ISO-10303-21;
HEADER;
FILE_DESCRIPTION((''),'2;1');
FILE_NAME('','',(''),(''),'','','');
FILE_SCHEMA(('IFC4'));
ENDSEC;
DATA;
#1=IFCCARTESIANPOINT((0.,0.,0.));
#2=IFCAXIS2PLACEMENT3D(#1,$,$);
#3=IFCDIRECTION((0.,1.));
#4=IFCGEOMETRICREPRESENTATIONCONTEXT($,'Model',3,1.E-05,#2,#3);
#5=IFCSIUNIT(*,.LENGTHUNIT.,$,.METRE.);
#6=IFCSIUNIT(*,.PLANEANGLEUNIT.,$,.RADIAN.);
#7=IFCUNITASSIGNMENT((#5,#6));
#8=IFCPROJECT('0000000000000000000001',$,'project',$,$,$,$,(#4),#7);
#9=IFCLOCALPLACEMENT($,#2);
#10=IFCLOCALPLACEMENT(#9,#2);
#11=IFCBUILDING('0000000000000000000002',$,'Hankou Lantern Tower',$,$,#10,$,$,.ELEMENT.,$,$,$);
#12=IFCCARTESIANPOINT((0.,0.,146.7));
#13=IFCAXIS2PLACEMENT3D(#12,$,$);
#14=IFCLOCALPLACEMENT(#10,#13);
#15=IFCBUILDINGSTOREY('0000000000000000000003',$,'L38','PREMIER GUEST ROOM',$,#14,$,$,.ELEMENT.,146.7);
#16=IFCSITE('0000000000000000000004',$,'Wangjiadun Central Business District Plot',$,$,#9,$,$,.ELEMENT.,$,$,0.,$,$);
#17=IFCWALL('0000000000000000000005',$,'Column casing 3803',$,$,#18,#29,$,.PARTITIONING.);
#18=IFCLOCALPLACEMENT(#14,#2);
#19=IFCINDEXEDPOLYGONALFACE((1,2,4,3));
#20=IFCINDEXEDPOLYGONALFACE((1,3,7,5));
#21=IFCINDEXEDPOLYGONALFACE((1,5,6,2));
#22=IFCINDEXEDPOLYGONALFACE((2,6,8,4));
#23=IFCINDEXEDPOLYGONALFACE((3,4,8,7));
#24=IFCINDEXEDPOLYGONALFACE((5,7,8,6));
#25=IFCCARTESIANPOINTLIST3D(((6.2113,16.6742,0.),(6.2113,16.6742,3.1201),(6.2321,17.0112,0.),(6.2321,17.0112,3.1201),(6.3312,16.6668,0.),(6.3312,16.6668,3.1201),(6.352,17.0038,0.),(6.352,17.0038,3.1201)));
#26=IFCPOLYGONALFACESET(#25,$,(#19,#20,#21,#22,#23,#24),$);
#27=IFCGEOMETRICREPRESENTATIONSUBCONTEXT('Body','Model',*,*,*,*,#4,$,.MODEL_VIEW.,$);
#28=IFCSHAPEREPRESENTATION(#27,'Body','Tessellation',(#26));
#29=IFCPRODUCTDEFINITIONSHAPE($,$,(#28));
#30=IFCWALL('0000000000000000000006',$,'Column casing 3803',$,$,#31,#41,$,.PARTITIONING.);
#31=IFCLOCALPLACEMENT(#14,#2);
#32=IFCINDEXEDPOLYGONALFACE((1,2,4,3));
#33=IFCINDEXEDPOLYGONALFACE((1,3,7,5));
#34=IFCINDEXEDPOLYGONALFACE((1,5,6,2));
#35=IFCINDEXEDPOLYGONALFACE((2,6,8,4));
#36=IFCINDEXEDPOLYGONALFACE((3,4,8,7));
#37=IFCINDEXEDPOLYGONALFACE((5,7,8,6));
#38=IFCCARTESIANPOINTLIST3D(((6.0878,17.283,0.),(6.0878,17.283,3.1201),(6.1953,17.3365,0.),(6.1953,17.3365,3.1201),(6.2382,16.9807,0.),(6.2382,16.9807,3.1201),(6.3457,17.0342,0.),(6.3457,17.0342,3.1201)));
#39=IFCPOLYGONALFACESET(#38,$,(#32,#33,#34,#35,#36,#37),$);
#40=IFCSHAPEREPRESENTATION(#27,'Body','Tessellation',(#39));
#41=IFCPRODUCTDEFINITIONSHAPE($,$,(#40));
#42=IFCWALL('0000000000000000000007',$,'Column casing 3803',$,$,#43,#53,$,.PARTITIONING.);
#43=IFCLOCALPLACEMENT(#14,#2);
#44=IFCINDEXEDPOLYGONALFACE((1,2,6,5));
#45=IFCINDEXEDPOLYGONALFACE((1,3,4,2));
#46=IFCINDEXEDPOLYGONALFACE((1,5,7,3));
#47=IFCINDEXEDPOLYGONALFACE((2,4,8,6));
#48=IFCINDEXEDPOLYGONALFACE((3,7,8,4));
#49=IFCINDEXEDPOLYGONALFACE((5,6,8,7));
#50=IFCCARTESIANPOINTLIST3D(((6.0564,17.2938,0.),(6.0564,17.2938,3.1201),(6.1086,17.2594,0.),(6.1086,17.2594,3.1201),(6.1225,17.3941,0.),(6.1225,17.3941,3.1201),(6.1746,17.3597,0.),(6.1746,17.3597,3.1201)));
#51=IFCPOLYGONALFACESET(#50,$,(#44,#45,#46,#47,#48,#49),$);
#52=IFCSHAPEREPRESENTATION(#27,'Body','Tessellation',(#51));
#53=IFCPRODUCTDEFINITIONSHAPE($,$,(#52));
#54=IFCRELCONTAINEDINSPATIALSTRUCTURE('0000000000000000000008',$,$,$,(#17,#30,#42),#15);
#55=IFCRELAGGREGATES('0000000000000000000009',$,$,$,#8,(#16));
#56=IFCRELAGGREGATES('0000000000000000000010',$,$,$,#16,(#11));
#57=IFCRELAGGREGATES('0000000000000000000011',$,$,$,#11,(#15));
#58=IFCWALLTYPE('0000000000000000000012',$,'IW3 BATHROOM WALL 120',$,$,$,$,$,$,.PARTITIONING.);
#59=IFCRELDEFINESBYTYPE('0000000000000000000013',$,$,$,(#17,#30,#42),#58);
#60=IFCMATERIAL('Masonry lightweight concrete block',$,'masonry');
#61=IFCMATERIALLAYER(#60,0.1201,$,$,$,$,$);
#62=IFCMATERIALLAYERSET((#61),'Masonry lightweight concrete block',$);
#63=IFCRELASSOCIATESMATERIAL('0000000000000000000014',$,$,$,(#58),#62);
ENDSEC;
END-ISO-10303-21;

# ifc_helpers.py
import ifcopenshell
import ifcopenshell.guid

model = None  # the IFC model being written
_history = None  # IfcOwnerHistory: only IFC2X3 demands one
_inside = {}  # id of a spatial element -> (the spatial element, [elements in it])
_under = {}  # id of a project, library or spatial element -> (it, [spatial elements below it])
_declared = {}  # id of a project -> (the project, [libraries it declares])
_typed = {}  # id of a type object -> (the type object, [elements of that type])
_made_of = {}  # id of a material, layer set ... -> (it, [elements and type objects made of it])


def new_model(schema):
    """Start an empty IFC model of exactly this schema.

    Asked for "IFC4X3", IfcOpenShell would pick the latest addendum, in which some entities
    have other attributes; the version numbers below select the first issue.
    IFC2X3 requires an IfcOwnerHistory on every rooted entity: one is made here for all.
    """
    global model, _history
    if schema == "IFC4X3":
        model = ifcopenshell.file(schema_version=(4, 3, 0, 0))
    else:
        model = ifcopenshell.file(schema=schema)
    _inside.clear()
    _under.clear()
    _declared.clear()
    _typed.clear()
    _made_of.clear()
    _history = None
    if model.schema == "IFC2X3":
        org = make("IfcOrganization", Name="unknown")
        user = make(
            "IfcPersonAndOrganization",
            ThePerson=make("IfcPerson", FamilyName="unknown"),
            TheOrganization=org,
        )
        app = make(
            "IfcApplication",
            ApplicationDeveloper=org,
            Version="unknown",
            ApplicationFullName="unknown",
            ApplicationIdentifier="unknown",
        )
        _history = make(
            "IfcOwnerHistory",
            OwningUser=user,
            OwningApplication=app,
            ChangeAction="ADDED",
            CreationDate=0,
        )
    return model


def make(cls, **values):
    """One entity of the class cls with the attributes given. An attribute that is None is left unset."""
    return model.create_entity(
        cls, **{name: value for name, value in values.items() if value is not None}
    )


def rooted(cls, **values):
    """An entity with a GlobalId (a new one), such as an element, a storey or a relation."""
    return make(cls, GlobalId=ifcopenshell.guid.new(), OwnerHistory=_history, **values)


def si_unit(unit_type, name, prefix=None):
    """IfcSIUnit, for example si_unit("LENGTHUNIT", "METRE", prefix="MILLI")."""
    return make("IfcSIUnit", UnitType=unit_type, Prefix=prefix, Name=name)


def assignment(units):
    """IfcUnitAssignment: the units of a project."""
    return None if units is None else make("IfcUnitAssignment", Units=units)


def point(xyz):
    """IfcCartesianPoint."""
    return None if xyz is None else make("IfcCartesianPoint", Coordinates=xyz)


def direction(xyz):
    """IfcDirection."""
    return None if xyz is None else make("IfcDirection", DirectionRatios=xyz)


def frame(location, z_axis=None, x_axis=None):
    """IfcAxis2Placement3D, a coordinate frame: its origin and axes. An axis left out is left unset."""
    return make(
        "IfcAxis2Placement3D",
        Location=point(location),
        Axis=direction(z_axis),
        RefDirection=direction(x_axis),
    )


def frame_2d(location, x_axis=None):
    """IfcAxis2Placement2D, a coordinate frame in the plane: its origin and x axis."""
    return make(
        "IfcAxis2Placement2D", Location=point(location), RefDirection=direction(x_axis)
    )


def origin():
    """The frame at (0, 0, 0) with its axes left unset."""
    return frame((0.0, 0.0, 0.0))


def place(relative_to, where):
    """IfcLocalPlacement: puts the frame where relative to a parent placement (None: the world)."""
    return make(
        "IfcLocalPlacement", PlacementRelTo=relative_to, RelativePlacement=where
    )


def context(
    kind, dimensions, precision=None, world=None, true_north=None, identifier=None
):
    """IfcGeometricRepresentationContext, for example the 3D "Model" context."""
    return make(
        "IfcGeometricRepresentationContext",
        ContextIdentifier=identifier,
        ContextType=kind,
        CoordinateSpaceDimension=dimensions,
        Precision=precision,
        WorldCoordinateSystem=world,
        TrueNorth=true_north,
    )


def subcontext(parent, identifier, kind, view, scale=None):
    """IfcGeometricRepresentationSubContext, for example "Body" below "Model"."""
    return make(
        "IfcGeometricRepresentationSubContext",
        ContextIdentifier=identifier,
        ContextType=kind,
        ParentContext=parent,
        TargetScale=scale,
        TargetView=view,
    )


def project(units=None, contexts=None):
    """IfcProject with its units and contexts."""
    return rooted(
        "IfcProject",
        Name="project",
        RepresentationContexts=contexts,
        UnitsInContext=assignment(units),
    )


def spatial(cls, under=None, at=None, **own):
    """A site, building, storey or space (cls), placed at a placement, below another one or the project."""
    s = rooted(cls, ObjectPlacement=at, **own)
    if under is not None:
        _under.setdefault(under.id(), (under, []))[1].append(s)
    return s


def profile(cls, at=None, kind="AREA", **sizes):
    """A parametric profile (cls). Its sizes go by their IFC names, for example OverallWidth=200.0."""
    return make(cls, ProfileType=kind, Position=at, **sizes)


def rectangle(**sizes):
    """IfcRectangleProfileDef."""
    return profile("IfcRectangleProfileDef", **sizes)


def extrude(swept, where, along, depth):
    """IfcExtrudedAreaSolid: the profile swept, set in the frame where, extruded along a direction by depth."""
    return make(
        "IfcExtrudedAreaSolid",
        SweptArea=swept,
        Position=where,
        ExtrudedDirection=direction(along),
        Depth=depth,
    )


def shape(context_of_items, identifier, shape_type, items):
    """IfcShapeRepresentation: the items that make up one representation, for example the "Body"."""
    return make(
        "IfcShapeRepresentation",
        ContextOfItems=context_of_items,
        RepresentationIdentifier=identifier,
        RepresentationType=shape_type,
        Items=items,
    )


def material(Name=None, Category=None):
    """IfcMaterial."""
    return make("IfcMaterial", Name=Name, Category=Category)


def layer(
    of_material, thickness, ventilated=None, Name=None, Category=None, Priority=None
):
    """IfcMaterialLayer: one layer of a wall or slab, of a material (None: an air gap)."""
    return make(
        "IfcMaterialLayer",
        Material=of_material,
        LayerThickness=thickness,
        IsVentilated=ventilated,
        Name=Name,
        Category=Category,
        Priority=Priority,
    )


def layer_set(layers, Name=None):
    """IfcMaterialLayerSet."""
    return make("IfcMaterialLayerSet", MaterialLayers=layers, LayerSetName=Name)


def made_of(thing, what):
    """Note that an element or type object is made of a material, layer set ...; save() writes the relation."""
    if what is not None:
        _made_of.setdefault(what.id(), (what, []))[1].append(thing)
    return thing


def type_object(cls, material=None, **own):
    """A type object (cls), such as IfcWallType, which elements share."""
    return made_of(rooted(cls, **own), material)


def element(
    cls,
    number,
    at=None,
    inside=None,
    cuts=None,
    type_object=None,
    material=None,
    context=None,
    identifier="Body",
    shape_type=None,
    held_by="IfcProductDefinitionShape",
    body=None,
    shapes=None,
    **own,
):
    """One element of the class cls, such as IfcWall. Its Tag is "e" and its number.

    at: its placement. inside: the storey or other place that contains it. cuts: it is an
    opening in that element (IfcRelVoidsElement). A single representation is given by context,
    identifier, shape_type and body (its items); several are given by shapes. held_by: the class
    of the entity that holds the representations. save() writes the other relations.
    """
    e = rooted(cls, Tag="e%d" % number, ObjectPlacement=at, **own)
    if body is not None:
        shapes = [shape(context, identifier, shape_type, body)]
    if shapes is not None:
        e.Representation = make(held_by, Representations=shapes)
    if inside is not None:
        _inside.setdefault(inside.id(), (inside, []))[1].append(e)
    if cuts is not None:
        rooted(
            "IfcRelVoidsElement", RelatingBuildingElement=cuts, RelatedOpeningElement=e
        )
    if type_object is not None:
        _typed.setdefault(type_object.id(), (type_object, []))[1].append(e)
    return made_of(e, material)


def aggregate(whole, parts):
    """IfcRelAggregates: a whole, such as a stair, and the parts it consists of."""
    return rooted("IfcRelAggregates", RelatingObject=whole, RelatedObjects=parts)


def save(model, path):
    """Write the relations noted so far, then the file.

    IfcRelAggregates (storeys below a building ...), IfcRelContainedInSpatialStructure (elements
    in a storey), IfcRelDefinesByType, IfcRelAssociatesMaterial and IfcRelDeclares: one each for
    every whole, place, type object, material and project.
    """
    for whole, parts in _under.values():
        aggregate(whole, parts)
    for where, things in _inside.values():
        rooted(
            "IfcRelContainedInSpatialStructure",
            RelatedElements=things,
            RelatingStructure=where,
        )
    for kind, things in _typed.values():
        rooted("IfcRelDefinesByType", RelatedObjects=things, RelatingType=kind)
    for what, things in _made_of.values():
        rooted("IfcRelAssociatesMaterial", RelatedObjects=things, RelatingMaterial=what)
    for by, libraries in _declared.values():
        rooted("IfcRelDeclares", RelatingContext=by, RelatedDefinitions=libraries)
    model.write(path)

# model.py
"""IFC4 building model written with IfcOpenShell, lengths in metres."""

from ifc_helpers import new_model, si_unit, direction, frame, frame_2d, origin, place, context, subcontext, project, spatial, rectangle, extrude, material, layer, layer_set, type_object, element, save


model = new_model("IFC4")

# Units and contexts
model_context = context("Model", 3, precision=1e-05, world=origin(), true_north=direction((0.0, 1.0)))
body_context = subcontext(model_context, "Body", "Model", "MODEL_VIEW")
ifc_project = project(units=[si_unit("LENGTHUNIT", "METRE"), si_unit("PLANEANGLEUNIT", "RADIAN")], contexts=[model_context])

# Site, building, storey
site_placement = place(None, origin())
site = spatial("IfcSite", under=ifc_project, at=site_placement, Name="Wangjiadun Central Business District Plot", CompositionType="ELEMENT", RefElevation=0.0)
building_placement = place(site_placement, origin())
building = spatial("IfcBuilding", under=site, at=building_placement, Name="Hankou Lantern Tower", CompositionType="ELEMENT")
storey_placement = place(building_placement, frame((0.0, 0.0, 146.7)))
storey = spatial("IfcBuildingStorey", under=building, at=storey_placement, Name="L38", Description="PREMIER GUEST ROOM", CompositionType="ELEMENT", Elevation=146.7)

# Shared definitions
ifc_material_1 = material(Name="Masonry lightweight concrete block", Category="masonry")
ifc_layer_1 = layer(ifc_material_1, 0.1201)
ifc_layer_set_1 = layer_set([ifc_layer_1], Name="Masonry lightweight concrete block")
wall_type_1 = type_object("IfcWallType", Name="IW3 BATHROOM WALL 120", PredefinedType="PARTITIONING", material=ifc_layer_set_1)

# Walls
for number, where, z_axis, x_axis, name in (
    (1, (6.2712, 16.6704, 0.0), (0.0, 0.0, 1.0), (0.061478, 0.998108, 0.0), "Column casing 3803"),
    (2, (6.292, 17.0073, 0.0), (0.0, 0.0, 1.0), (-0.445477, 0.895293, 0.0), "Column casing 3803"),
):
    element("IfcWall", number, at=place(storey_placement, frame(where, z_axis=z_axis, x_axis=x_axis)), inside=storey, type_object=wall_type_1, Name=name, PredefinedType="PARTITIONING", context=body_context, shape_type="SweptSolid", body=[
        extrude(rectangle(XDim=0.3376, YDim=0.1201, at=frame_2d((0.1689, 0.0))), origin(), (0.0, 0.0, 1.0), 3.1201),
    ])
wall_1_placement = place(storey_placement, frame((6.1416, 17.3096, 0.0), z_axis=(0.0, 0.0, 1.0), x_axis=(-0.83504, 0.55019, 0.0)))
element("IfcWall", 3, at=wall_1_placement, inside=storey, type_object=wall_type_1, Name="Column casing 3803", PredefinedType="PARTITIONING", context=body_context, shape_type="SweptSolid", body=[
    extrude(rectangle(XDim=0.0625, YDim=0.1201, at=frame_2d((0.0312, 0.0))), origin(), (0.0, 0.0, 1.0), 3.1201),
])

save(model, "model.ifc")
